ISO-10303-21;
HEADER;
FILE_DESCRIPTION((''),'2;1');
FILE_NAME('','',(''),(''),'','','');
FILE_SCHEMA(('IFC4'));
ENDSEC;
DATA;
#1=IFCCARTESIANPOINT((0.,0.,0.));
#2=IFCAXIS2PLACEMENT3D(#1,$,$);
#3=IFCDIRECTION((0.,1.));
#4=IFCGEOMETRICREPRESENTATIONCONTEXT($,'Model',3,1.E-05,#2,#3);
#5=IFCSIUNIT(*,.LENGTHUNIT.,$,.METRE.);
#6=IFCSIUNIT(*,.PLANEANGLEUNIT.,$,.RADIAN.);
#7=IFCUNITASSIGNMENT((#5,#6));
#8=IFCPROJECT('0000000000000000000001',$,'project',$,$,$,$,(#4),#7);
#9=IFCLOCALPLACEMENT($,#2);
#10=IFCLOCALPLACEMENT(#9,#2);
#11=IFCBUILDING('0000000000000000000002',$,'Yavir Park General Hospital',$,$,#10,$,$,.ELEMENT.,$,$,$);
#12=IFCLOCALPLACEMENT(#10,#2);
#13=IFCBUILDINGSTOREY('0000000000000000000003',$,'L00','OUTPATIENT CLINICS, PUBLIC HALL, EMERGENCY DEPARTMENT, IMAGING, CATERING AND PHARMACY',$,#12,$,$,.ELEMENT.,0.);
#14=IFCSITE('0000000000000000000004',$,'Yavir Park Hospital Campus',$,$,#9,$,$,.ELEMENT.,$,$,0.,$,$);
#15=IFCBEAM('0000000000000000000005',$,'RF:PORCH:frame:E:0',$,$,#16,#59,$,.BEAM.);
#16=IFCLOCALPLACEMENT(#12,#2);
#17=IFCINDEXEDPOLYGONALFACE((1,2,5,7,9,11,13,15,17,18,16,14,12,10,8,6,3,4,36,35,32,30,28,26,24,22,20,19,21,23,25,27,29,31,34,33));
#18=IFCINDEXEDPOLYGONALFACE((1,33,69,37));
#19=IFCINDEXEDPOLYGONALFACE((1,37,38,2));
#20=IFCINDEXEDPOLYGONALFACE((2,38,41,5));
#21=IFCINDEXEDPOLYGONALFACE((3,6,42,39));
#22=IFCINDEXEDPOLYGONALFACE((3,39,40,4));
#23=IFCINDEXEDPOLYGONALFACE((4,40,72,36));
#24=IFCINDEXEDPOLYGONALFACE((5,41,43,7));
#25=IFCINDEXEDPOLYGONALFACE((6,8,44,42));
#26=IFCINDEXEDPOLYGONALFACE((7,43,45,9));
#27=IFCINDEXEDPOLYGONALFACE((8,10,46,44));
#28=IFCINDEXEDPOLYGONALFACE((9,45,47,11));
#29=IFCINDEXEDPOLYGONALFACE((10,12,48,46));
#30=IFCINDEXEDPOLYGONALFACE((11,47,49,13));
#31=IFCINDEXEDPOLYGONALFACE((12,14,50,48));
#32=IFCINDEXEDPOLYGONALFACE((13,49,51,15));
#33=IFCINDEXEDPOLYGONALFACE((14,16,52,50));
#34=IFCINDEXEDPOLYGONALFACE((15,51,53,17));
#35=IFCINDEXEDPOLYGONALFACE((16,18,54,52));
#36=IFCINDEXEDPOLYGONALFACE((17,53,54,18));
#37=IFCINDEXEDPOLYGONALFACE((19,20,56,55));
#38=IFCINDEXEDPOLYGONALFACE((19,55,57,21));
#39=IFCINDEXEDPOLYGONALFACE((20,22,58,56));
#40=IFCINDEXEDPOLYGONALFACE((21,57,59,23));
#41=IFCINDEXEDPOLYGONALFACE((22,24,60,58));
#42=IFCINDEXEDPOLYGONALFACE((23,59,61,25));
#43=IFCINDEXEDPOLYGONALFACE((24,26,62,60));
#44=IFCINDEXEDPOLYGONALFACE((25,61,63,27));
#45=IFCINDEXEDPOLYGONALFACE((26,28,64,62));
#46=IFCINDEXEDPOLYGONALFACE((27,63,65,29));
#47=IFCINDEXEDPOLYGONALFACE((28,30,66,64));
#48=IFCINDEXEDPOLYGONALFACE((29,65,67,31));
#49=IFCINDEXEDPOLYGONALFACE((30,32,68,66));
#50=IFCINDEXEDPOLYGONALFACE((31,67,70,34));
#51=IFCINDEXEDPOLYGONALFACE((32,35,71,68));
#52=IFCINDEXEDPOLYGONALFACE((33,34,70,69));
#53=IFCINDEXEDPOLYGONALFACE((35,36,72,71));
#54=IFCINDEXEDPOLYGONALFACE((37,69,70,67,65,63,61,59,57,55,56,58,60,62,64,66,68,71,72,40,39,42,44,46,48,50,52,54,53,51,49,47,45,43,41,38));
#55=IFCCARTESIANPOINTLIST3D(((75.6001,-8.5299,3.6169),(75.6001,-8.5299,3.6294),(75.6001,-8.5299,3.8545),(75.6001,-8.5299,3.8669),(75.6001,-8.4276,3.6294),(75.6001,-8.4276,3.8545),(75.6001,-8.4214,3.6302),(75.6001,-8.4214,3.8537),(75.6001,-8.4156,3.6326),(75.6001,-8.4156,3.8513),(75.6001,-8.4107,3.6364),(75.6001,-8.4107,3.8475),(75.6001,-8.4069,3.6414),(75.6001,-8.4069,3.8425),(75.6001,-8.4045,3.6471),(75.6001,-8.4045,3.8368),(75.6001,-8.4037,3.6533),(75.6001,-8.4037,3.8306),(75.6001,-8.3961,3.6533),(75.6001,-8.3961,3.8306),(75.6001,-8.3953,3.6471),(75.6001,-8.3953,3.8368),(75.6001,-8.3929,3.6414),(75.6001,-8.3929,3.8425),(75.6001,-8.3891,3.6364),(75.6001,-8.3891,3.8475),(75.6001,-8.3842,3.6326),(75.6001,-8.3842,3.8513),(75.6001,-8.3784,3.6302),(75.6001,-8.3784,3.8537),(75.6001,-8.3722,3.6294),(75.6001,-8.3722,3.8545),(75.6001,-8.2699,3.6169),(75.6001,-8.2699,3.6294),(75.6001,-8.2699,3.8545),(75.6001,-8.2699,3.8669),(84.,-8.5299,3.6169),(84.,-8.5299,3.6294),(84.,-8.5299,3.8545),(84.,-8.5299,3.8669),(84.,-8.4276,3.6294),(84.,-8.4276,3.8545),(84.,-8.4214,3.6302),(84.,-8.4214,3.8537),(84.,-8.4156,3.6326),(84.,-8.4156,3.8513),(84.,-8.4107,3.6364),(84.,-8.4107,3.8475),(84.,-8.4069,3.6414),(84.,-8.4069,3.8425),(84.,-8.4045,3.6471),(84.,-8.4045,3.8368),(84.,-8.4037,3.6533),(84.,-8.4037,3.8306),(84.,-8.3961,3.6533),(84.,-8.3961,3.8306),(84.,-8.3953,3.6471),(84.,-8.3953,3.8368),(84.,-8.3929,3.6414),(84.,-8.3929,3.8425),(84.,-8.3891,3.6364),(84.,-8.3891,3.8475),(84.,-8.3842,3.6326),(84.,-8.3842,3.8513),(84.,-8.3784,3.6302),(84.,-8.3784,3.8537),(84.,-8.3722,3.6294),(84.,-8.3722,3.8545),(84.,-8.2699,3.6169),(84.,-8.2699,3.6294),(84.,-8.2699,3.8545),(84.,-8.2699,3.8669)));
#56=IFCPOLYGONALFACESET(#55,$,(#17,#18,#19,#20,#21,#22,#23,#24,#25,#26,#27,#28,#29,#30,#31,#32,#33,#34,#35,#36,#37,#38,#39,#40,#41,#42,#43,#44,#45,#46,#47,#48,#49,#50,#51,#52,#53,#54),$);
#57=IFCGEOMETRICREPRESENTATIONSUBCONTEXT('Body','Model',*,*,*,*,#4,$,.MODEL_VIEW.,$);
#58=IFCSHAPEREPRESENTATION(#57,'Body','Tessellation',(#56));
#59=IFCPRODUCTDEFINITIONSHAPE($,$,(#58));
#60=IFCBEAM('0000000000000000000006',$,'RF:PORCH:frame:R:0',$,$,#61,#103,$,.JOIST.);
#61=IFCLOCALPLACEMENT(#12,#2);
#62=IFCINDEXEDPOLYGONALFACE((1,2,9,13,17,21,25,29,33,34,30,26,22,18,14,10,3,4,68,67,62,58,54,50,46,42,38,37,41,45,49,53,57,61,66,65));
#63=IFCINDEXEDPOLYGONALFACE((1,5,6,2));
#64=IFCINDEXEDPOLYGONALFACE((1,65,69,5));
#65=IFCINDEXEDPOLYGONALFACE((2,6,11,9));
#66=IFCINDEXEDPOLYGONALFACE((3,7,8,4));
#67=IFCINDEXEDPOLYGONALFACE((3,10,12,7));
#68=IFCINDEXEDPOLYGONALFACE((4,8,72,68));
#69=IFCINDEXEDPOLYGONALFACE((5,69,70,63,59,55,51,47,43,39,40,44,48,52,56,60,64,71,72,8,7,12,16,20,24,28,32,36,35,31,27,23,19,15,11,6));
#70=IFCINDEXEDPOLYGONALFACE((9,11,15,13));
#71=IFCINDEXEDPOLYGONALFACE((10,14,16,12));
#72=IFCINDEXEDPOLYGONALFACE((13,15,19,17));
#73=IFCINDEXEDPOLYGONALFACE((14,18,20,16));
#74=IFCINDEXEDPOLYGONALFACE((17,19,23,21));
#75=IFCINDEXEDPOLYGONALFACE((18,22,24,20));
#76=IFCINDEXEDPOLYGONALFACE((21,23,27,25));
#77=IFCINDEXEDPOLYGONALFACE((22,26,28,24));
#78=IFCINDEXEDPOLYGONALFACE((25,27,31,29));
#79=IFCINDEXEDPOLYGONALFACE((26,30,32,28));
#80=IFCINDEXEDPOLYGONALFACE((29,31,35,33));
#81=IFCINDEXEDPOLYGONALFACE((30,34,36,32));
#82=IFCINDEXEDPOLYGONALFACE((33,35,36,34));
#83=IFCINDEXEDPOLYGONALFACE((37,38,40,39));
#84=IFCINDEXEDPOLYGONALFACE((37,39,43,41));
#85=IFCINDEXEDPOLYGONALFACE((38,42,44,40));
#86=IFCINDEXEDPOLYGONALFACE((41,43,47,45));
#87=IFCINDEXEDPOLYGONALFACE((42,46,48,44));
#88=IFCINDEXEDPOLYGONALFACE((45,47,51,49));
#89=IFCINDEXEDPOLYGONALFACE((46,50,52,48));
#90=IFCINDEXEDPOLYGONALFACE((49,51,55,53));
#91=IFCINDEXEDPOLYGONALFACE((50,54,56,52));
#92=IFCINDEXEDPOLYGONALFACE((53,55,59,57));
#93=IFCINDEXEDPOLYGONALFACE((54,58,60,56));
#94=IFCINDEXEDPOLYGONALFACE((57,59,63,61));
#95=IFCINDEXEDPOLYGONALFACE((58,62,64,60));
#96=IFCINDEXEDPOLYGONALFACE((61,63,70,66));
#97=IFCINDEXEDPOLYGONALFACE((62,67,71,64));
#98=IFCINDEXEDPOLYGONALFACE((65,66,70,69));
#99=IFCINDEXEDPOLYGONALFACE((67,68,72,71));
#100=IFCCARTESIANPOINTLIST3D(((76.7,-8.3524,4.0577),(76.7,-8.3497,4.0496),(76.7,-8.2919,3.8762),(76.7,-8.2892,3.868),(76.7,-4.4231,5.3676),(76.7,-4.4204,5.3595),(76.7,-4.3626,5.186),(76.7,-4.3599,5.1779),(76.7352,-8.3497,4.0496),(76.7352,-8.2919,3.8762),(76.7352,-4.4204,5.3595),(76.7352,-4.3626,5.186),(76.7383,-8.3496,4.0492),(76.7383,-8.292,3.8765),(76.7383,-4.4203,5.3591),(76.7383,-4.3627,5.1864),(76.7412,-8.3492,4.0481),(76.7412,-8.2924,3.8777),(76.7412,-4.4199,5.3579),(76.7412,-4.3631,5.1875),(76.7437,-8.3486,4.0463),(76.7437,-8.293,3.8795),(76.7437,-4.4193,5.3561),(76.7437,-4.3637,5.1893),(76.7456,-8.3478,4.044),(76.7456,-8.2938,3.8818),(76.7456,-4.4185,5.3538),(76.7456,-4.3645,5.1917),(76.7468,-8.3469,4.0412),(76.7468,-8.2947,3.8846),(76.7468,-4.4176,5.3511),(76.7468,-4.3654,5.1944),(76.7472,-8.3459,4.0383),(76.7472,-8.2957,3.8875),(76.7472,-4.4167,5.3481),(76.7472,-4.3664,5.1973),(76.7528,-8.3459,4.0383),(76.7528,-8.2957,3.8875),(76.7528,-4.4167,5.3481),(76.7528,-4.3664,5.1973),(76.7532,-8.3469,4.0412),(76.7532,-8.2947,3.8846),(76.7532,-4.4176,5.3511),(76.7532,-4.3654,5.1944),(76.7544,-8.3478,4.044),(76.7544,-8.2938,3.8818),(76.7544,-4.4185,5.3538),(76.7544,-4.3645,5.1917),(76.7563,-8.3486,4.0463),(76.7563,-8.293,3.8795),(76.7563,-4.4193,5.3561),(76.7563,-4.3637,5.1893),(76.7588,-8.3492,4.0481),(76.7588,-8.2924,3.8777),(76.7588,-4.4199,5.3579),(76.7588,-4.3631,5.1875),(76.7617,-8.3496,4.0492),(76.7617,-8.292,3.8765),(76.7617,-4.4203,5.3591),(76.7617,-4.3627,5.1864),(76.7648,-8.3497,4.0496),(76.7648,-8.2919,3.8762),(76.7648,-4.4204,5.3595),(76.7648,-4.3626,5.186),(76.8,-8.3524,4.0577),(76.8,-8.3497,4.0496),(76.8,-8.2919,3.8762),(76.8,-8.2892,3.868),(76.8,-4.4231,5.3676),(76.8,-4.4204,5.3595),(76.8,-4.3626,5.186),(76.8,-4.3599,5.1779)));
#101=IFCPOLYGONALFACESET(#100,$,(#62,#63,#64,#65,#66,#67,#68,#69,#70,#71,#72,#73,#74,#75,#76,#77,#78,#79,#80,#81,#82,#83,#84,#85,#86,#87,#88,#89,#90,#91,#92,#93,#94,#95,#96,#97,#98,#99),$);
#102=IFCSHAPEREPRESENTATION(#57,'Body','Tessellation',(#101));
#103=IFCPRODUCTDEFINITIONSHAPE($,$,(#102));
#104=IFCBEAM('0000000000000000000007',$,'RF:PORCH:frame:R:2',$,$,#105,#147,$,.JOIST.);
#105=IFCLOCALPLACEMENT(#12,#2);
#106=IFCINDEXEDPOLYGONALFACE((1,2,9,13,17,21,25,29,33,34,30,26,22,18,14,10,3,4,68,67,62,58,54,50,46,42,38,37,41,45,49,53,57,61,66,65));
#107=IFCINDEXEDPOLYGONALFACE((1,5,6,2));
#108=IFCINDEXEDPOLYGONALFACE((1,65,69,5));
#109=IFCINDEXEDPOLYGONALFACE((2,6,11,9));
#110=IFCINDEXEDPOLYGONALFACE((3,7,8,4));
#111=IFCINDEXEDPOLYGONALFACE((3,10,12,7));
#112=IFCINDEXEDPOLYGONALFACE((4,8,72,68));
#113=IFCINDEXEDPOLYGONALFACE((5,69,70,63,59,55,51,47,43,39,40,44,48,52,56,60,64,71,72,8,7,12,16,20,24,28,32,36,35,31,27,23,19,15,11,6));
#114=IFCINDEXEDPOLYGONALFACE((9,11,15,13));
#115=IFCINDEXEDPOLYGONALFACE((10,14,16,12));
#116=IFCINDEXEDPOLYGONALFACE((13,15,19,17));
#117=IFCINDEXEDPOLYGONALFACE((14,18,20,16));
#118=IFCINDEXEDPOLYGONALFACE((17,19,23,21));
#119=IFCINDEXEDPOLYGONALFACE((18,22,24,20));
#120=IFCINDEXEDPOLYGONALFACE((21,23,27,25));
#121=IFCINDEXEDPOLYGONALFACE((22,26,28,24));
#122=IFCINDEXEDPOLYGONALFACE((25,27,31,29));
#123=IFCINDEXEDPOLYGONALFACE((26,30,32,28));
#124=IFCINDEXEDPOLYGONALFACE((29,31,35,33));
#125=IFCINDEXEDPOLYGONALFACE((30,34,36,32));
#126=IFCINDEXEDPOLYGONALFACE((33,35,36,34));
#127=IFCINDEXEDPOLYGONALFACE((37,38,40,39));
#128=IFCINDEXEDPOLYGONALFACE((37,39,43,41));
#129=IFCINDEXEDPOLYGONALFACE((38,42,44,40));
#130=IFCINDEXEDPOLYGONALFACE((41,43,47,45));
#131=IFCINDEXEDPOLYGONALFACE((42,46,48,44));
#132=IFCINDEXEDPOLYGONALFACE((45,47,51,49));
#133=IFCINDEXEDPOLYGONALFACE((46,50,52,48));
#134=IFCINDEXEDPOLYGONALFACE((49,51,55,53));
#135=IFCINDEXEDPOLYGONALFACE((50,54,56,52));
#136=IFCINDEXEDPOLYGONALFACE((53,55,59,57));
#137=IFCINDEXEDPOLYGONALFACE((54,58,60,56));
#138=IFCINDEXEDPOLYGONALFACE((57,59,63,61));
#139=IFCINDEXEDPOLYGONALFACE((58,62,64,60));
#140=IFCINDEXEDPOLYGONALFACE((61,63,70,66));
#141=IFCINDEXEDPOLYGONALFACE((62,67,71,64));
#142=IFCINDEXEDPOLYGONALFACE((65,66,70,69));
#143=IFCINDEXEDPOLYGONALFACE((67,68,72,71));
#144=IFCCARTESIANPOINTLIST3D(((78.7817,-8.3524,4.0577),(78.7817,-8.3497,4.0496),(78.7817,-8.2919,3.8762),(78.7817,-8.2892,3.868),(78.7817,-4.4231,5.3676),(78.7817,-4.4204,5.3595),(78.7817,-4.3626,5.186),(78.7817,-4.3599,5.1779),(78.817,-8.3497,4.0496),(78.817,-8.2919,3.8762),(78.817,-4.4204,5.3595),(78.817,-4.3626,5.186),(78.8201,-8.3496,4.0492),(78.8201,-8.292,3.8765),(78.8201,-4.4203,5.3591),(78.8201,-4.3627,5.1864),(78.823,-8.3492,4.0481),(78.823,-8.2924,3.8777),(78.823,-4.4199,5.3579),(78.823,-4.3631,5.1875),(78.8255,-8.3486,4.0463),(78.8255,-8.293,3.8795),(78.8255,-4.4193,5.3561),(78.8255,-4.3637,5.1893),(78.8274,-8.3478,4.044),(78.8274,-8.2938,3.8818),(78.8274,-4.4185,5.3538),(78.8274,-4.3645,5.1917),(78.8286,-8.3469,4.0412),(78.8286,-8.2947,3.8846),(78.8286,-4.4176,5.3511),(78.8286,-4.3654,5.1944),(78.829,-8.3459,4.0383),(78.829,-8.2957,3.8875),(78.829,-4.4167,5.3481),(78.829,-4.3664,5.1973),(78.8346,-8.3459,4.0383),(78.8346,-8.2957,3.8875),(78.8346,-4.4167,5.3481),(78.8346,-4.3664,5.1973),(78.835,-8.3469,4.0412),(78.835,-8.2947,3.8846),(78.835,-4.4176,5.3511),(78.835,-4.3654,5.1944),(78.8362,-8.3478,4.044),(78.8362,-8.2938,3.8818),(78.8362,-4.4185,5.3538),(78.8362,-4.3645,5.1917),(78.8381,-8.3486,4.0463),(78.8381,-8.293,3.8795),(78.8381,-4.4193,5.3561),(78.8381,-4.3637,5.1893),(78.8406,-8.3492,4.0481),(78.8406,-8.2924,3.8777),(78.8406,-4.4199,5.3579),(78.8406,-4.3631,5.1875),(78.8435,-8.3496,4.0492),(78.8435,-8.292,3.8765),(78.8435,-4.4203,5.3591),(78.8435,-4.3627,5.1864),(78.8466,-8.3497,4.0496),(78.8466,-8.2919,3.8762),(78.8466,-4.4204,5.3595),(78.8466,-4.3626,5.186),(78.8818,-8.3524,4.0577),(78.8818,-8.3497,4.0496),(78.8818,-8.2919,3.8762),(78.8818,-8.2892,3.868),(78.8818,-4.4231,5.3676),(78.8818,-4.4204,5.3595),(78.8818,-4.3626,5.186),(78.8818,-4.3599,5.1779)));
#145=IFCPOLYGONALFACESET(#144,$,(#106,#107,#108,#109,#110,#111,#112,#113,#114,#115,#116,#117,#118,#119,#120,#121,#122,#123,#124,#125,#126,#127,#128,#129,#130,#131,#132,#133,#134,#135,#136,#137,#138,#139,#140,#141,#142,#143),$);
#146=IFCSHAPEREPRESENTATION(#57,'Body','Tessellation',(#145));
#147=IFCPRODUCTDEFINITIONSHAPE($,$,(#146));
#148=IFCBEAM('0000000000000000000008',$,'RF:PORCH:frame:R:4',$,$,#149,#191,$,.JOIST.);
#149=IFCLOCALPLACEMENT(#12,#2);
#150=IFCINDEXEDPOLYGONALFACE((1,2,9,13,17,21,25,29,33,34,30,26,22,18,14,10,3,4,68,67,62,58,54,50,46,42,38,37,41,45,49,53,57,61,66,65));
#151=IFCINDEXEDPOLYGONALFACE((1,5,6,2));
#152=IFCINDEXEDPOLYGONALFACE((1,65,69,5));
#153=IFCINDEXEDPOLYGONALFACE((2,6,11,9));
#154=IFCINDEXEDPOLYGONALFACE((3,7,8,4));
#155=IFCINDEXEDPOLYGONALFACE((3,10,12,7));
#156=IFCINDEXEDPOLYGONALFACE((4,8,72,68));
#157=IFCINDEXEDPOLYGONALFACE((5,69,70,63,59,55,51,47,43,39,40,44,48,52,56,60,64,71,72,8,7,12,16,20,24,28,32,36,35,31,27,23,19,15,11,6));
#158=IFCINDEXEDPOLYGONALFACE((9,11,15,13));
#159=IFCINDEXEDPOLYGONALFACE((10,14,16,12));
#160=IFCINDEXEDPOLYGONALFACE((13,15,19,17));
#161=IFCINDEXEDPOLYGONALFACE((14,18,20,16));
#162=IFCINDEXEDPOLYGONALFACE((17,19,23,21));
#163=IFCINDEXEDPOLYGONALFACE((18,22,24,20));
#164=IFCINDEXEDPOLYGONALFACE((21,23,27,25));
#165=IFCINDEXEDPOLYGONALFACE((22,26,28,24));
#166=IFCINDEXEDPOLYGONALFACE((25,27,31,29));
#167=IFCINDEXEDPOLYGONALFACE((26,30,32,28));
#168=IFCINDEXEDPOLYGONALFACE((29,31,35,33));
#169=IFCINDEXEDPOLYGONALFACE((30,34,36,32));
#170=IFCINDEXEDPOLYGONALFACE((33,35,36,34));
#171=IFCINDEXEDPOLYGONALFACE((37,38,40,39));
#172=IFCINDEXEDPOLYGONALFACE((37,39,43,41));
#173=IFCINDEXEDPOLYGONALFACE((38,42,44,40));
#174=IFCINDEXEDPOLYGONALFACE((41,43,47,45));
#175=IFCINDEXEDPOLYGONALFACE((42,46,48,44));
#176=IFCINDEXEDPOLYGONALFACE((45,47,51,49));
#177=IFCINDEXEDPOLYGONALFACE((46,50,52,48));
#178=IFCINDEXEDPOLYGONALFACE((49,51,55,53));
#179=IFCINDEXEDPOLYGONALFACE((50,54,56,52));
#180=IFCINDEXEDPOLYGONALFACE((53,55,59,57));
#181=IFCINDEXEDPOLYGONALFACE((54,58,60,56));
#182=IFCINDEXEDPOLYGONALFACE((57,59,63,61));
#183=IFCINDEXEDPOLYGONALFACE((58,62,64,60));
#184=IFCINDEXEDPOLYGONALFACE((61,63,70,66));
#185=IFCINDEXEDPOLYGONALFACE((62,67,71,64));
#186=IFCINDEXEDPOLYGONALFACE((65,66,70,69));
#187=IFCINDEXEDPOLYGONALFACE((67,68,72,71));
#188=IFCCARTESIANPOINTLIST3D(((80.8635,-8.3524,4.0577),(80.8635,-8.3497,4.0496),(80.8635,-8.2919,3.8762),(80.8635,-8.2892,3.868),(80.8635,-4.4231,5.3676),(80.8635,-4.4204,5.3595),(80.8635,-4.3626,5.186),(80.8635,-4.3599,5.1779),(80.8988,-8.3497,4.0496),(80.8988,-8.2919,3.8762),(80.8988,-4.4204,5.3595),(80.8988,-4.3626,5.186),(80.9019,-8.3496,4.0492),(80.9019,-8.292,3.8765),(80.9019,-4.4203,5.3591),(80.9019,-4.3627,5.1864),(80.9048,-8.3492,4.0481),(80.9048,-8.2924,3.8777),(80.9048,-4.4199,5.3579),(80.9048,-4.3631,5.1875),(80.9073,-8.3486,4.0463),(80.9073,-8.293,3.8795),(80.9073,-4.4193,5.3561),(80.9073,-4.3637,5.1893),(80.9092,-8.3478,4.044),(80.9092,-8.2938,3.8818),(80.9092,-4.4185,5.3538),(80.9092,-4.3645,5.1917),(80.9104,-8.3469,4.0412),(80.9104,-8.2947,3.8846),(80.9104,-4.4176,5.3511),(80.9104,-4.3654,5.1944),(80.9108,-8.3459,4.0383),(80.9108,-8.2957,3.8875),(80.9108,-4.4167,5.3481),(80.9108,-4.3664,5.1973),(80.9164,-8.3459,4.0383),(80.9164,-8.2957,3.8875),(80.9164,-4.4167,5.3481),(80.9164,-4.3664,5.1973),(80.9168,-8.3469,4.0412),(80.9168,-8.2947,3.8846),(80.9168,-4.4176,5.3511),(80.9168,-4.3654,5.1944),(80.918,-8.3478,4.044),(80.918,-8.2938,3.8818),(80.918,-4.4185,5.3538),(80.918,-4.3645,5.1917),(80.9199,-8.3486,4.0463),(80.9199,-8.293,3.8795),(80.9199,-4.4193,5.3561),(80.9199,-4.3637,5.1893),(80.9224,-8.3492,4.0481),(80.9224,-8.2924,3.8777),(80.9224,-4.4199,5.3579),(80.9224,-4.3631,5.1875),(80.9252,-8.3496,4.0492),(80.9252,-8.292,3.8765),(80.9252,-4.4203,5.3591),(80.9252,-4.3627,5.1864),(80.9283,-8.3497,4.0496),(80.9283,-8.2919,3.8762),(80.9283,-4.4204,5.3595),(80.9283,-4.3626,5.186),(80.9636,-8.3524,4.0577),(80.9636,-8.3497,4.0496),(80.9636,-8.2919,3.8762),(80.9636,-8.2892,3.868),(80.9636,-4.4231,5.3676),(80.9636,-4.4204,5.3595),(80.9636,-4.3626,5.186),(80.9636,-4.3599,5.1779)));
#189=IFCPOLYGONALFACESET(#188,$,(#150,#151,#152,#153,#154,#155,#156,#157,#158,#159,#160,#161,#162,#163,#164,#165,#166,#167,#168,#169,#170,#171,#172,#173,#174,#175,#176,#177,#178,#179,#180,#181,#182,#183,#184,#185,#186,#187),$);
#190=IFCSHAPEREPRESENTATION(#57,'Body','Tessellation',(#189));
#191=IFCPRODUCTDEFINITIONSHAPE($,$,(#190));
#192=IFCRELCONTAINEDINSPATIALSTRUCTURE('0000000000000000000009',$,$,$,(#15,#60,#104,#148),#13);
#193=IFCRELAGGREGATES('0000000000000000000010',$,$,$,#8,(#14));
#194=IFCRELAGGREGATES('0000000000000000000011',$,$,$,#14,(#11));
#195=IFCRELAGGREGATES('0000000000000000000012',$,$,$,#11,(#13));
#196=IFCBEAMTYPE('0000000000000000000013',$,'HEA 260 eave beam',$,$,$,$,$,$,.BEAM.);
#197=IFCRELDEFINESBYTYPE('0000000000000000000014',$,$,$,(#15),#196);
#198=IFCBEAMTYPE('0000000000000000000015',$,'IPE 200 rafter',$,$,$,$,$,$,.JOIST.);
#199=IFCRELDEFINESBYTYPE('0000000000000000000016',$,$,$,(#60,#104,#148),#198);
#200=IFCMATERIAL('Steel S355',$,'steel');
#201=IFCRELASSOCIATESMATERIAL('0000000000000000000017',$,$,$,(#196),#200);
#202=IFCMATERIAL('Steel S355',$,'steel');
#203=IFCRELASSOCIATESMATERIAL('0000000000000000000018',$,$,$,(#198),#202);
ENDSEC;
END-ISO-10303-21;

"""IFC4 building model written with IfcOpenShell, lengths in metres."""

from ifc_helpers import new_model, si_unit, direction, frame, origin, origin_2d, place, context, subcontext, project, spatial, i_section, extrude, material, material_profile, profile_set, type_object, element, save


model = new_model("IFC4")

# Units and contexts
model_context = context("Model", 3, precision=1e-05, world=origin(), true_north=direction((0.0, 1.0)))
body_context = subcontext(model_context, "Body", "Model", "MODEL_VIEW")
ifc_project = project(units=[si_unit("LENGTHUNIT", "METRE"), si_unit("PLANEANGLEUNIT", "RADIAN")], contexts=[model_context])

# Site, building, storey
site_placement = place(None, origin())
site = spatial("IfcSite", under=ifc_project, at=site_placement, Name="Yavir Park Hospital Campus", CompositionType="ELEMENT", RefElevation=0.0)
building_placement = place(site_placement, origin())
building = spatial("IfcBuilding", under=site, at=building_placement, Name="Yavir Park General Hospital", CompositionType="ELEMENT")
storey_placement = place(building_placement, origin())
storey = spatial("IfcBuildingStorey", under=building, at=storey_placement, Name="L00", Description="OUTPATIENT CLINICS, PUBLIC HALL, EMERGENCY DEPARTMENT, IMAGING, CATERING AND PHARMACY", CompositionType="ELEMENT", Elevation=0.0)

# Beams
ifc_material_1 = material(Name="Steel S355", Category="steel")
ifc_material_profile_1 = material_profile(ifc_material_1, i_section(OverallWidth=0.26, OverallDepth=0.25, WebThickness=0.0076, FlangeThickness=0.0125, FilletRadius=0.0239, at=origin_2d()), Name="HEA260")
ifc_profile_set_1 = profile_set([ifc_material_profile_1], Name="Steel S355")
beam_type_1 = type_object("IfcBeamType", Name="HEA 260 eave beam", PredefinedType="BEAM", material=ifc_profile_set_1)
beam_1_placement = place(storey_placement, frame((75.6001, -8.3999, 3.7419), z_axis=(1.0, 0.0, 0.0), x_axis=(0.0, 1.0, 0.0)))
element("IfcBeam", 1, at=beam_1_placement, inside=storey, type_object=beam_type_1, Name="RF:PORCH:frame:E:0", PredefinedType="BEAM", context=body_context, shape_type="SweptSolid", body=[
    extrude(i_section(OverallWidth=0.26, OverallDepth=0.25, WebThickness=0.0076, FlangeThickness=0.0125, FilletRadius=0.0239, at=origin_2d()), origin(), (0.0, 0.0, 1.0), 8.3999),
])
ifc_material_2 = material(Name="Steel S355", Category="steel")
ifc_material_profile_2 = material_profile(ifc_material_2, i_section(OverallWidth=0.1001, OverallDepth=0.2, WebThickness=0.0056, FlangeThickness=0.0085, FilletRadius=0.012, at=origin_2d()), Name="IPE200")
ifc_profile_set_2 = profile_set([ifc_material_profile_2], Name="Steel S355")
beam_type_2 = type_object("IfcBeamType", Name="IPE 200 rafter", PredefinedType="JOIST", material=ifc_profile_set_2)
for number, where, z_axis, x_axis, name in (
    (2, (76.75, -8.3208, 3.9629), (0.0, 0.948677, 0.316245), (-1.0, 0.0, 0.0), "RF:PORCH:frame:R:0"),
    (3, (78.8318, -8.3208, 3.9629), (0.0, 0.948677, 0.316245), (-1.0, 0.0, 0.0), "RF:PORCH:frame:R:2"),
    (4, (80.9136, -8.3208, 3.9629), (0.0, 0.948677, 0.316245), (-1.0, 0.0, 0.0), "RF:PORCH:frame:R:4"),
):
    element("IfcBeam", number, at=place(storey_placement, frame(where, z_axis=z_axis, x_axis=x_axis)), inside=storey, type_object=beam_type_2, Name=name, PredefinedType="JOIST", context=body_context, shape_type="SweptSolid", body=[
        extrude(i_section(OverallWidth=0.1001, OverallDepth=0.2, WebThickness=0.0056, FlangeThickness=0.0085, FilletRadius=0.012, at=origin_2d()), origin(), (0.0, 0.0, 1.0), 4.1418),
    ])

save(model, "model.ifc")
